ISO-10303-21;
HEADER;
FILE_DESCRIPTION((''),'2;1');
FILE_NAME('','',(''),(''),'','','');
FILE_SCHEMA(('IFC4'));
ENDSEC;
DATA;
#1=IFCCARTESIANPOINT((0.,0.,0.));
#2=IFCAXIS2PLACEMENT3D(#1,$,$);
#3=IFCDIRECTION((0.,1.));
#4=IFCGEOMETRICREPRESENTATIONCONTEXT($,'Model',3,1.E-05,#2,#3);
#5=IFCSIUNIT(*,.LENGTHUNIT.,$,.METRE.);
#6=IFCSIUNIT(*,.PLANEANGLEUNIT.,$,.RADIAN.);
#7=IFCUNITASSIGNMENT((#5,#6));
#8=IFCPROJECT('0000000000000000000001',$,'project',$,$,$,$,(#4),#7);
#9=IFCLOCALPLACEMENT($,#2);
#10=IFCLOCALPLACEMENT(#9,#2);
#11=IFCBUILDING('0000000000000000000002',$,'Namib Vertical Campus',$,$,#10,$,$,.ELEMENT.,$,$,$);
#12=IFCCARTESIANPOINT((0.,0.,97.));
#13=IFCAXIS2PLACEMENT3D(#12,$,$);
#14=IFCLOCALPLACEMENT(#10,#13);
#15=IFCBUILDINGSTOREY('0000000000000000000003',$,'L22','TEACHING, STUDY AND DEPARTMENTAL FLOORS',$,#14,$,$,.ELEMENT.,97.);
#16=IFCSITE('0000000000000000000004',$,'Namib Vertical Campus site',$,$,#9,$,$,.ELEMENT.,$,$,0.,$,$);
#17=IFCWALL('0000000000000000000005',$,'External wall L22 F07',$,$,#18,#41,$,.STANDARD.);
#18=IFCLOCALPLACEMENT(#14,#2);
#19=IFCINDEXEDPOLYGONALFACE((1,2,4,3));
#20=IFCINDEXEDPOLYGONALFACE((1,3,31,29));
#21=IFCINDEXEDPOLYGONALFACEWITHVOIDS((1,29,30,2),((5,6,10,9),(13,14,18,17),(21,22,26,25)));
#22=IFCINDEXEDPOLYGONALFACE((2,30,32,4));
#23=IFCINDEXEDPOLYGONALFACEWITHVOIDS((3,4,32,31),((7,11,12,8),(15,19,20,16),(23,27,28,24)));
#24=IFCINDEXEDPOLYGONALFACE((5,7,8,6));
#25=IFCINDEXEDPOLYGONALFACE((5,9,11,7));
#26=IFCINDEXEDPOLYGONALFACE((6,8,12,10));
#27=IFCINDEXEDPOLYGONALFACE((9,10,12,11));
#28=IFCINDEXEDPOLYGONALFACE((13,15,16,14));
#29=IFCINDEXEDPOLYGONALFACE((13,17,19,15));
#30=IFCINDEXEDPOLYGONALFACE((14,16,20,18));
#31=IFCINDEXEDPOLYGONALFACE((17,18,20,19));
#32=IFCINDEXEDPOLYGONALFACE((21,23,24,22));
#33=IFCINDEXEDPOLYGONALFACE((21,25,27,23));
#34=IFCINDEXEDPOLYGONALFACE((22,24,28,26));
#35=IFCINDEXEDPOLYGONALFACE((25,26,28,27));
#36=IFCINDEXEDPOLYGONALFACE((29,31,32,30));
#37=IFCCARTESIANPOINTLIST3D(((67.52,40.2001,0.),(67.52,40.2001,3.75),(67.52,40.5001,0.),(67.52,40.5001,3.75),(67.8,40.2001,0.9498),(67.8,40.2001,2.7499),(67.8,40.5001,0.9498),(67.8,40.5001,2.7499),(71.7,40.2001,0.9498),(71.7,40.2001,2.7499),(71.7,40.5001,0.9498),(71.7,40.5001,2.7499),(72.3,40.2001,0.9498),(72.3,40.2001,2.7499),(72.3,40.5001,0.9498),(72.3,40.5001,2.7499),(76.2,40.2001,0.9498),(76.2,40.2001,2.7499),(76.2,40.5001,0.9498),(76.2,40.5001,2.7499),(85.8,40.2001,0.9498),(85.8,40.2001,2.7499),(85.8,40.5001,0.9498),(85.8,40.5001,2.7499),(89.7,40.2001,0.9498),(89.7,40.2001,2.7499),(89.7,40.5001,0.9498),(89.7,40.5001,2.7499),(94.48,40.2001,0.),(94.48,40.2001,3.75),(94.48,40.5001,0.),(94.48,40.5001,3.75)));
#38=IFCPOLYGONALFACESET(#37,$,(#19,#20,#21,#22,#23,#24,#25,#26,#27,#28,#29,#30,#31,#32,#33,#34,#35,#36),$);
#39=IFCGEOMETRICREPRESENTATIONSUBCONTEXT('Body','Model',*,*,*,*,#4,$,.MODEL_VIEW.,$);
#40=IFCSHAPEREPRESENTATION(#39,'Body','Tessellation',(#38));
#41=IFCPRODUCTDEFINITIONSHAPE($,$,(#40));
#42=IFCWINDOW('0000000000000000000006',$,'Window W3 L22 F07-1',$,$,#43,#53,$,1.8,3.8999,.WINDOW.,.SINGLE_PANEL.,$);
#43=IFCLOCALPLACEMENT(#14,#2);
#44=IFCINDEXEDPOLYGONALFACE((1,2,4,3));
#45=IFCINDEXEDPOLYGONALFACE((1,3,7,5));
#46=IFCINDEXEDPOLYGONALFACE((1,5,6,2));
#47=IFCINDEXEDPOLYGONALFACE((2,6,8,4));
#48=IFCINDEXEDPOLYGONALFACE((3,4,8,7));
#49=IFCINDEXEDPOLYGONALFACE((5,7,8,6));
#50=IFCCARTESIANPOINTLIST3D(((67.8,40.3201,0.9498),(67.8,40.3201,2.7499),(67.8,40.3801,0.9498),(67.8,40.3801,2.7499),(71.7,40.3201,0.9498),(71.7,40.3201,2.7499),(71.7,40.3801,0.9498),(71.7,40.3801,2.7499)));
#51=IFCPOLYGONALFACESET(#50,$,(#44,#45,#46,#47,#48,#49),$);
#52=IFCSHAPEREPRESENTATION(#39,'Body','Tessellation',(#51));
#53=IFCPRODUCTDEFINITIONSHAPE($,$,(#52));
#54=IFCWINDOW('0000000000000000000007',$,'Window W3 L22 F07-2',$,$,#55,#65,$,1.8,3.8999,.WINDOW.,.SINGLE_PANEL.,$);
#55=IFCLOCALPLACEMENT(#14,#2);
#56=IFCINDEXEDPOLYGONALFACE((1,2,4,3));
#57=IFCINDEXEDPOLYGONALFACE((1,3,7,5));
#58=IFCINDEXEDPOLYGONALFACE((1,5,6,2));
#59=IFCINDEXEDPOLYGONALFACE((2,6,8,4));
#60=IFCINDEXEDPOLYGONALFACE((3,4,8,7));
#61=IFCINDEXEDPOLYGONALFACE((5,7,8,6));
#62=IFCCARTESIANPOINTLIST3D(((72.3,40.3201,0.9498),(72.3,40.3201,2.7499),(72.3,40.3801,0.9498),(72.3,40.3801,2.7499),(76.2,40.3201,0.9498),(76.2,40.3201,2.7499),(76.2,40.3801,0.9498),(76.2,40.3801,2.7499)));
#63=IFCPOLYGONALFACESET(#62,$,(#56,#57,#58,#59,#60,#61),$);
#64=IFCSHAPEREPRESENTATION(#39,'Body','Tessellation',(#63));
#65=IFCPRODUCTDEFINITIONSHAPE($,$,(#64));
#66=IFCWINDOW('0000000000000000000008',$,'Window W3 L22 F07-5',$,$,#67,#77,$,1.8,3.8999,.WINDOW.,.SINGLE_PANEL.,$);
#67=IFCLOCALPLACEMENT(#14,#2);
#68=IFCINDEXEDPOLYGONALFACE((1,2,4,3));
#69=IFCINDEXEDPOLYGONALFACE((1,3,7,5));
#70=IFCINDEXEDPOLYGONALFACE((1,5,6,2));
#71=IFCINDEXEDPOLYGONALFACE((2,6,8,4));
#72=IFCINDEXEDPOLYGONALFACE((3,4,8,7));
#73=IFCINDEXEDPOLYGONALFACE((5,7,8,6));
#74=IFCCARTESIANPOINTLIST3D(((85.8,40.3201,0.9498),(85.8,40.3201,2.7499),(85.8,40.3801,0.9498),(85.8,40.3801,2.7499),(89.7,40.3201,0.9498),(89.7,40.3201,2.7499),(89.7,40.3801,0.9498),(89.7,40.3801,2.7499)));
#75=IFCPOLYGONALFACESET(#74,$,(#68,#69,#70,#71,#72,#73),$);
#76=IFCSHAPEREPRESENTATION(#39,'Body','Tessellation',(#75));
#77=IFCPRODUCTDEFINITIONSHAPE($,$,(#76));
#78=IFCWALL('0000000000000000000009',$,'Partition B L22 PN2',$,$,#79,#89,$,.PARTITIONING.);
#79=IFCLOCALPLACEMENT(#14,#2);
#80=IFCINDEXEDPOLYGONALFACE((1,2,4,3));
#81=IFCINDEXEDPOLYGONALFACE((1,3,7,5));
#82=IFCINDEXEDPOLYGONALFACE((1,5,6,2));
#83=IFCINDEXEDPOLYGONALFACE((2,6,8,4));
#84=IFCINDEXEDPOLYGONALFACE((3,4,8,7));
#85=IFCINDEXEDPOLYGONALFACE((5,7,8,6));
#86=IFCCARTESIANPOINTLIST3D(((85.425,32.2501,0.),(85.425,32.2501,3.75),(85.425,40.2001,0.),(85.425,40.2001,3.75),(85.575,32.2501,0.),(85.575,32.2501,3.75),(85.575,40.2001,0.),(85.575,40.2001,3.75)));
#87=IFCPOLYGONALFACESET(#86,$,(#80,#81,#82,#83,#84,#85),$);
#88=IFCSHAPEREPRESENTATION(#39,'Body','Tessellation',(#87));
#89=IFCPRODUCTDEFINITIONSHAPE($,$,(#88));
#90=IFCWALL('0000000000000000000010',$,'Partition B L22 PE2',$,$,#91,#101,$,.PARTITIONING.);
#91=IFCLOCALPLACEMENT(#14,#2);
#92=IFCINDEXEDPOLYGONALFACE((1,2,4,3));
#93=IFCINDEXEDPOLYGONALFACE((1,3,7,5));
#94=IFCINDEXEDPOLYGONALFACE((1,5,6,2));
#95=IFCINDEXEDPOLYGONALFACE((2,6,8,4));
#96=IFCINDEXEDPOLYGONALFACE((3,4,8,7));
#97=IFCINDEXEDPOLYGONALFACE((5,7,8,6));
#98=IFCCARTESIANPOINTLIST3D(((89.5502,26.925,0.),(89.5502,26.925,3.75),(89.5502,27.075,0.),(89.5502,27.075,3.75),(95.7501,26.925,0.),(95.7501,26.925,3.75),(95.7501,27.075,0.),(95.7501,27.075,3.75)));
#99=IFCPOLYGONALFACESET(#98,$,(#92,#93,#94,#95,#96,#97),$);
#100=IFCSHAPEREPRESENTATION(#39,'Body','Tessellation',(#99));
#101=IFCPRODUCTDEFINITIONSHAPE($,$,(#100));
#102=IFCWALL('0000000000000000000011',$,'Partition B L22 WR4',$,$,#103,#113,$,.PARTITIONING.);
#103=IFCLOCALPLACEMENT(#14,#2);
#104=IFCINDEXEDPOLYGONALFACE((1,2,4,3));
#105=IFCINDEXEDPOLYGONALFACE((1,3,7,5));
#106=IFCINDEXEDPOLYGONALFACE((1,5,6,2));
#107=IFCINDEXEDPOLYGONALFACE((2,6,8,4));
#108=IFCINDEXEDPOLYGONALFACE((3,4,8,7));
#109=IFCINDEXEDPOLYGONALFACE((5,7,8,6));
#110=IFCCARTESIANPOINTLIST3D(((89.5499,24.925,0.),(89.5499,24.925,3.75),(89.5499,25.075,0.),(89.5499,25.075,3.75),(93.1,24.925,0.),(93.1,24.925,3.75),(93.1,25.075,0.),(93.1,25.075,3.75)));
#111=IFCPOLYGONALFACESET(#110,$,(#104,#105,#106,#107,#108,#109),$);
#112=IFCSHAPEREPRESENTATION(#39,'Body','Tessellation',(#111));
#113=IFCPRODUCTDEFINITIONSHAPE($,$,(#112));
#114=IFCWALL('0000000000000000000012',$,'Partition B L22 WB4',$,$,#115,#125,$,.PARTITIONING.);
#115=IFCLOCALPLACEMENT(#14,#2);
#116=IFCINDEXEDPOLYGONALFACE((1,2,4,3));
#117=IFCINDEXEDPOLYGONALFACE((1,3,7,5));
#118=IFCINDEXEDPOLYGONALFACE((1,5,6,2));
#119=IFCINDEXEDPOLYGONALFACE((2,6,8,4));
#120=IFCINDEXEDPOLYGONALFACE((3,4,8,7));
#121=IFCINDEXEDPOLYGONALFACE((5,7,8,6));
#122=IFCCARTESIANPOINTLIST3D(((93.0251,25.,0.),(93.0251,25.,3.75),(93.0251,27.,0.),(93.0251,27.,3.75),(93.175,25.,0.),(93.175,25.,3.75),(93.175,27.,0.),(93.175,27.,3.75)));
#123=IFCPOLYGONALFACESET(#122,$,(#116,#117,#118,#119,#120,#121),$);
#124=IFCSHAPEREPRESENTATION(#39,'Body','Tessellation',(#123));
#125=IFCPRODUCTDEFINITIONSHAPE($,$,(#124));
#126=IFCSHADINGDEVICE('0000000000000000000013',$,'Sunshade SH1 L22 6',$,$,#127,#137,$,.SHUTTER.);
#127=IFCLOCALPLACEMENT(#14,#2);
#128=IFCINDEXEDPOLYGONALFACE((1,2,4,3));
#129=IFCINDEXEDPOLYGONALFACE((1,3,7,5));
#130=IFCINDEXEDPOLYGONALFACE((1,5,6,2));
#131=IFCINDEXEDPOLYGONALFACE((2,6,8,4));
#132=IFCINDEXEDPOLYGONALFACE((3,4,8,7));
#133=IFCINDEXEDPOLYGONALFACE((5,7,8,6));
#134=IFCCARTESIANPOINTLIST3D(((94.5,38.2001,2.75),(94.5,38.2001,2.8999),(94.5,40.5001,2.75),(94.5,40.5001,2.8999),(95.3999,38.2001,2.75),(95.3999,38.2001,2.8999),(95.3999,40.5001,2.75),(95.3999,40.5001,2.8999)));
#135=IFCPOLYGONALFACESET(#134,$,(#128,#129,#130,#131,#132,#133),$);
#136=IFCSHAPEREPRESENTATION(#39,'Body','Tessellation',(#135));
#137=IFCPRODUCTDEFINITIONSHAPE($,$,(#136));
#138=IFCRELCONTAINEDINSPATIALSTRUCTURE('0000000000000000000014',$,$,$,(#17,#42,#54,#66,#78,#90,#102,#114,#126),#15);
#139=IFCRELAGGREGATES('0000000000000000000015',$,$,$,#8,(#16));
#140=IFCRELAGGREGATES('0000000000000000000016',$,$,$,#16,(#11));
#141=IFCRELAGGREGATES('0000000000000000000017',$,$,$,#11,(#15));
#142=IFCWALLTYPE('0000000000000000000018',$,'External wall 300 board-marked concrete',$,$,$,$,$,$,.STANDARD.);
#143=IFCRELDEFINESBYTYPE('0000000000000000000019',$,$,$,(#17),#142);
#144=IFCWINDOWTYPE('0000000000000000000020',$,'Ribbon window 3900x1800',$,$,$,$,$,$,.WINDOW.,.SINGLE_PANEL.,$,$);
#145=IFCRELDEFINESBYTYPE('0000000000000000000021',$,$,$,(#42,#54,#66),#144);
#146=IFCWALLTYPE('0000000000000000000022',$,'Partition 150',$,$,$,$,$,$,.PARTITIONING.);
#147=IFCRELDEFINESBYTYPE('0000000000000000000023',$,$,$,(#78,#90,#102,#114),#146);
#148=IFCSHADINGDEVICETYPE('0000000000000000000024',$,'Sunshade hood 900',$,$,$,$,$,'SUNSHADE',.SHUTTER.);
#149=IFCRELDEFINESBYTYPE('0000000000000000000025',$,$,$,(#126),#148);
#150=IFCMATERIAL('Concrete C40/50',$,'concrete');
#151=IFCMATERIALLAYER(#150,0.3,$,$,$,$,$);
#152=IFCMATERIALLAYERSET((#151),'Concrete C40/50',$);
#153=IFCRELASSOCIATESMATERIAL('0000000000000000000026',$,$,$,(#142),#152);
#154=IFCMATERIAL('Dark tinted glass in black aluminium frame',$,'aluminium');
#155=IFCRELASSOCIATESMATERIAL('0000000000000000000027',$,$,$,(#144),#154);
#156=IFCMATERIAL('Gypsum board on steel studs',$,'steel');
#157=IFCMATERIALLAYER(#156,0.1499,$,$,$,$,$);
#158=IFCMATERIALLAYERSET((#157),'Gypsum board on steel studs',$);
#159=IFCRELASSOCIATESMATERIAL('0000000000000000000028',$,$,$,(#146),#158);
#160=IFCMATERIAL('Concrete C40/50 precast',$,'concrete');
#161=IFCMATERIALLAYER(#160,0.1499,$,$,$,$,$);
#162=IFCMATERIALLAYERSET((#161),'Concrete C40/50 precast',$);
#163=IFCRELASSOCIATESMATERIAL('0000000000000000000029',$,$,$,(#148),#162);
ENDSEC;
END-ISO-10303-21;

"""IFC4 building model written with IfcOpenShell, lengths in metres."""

from ifc_helpers import new_model, si_unit, direction, frame, frame_2d, origin, origin_2d, place, context, subcontext, project, spatial, rectangle, extrude, material, layer, layer_set, type_object, element, fill, save


model = new_model("IFC4")

# Units and contexts
model_context = context("Model", 3, precision=1e-05, world=origin(), true_north=direction((0.0, 1.0)))
body_context = subcontext(model_context, "Body", "Model", "MODEL_VIEW")
ifc_project = project(units=[si_unit("LENGTHUNIT", "METRE"), si_unit("PLANEANGLEUNIT", "RADIAN")], contexts=[model_context])

# Site, building, storey
site_placement = place(None, origin())
site = spatial("IfcSite", under=ifc_project, at=site_placement, Name="Namib Vertical Campus site", CompositionType="ELEMENT", RefElevation=0.0)
building_placement = place(site_placement, origin())
building = spatial("IfcBuilding", under=site, at=building_placement, Name="Namib Vertical Campus", CompositionType="ELEMENT")
storey_placement = place(building_placement, frame((0.0, 0.0, 97.0)))
storey = spatial("IfcBuildingStorey", under=building, at=storey_placement, Name="L22", Description="TEACHING, STUDY AND DEPARTMENTAL FLOORS", CompositionType="ELEMENT", Elevation=97.0)

# Shared definitions
ifc_material_1 = material(Name="Concrete C40/50", Category="concrete")
ifc_layer_1 = layer(ifc_material_1, 0.3)
ifc_layer_set_1 = layer_set([ifc_layer_1], Name="Concrete C40/50")
wall_type_1 = type_object("IfcWallType", Name="External wall 300 board-marked concrete", PredefinedType="STANDARD", material=ifc_layer_set_1)

# Wall, openings, windows
wall_1_placement = place(storey_placement, frame((94.48, 40.3501, 0.0), z_axis=(0.0, 0.0, 1.0), x_axis=(-1.0, 0.0, 0.0)))
wall_1 = element("IfcWall", 1, at=wall_1_placement, inside=storey, type_object=wall_type_1, Name="External wall L22 F07", PredefinedType="STANDARD", context=body_context, shape_type="SweptSolid", body=[
    extrude(rectangle(XDim=26.96, YDim=0.3, at=frame_2d((13.48, 0.0))), origin(), (0.0, 0.0, 1.0), 3.75),
])
opening_1_placement = place(wall_1_placement, frame((22.78, 0.0, 0.95)))
opening_1 = element("IfcOpeningElement", 2, at=opening_1_placement, cuts=wall_1, PredefinedType="OPENING", context=body_context, shape_type="SweptSolid", body=[
    extrude(rectangle(XDim=3.8999, YDim=1.8, at=frame_2d((1.95, 0.8999))), frame((0.0, 0.1599, 0.0), z_axis=(0.0, -1.0, 0.0), x_axis=(1.0, 0.0, 0.0)), (0.0, 0.0, 1.0), 0.3201),
])
opening_2_placement = place(wall_1_placement, frame((18.28, 0.0, 0.95)))
opening_2 = element("IfcOpeningElement", 3, at=opening_2_placement, cuts=wall_1, PredefinedType="OPENING", context=body_context, shape_type="SweptSolid", body=[
    extrude(rectangle(XDim=3.8999, YDim=1.8, at=frame_2d((1.95, 0.8999))), frame((0.0, 0.1599, 0.0), z_axis=(0.0, -1.0, 0.0), x_axis=(1.0, 0.0, 0.0)), (0.0, 0.0, 1.0), 0.3201),
])
opening_3_placement = place(wall_1_placement, frame((4.78, 0.0, 0.95)))
opening_3 = element("IfcOpeningElement", 4, at=opening_3_placement, cuts=wall_1, PredefinedType="OPENING", context=body_context, shape_type="SweptSolid", body=[
    extrude(rectangle(XDim=3.8999, YDim=1.8, at=frame_2d((1.95, 0.8999))), frame((0.0, 0.1599, 0.0), z_axis=(0.0, -1.0, 0.0), x_axis=(1.0, 0.0, 0.0)), (0.0, 0.0, 1.0), 0.3201),
])
ifc_material_2 = material(Name="Dark tinted glass in black aluminium frame", Category="aluminium")
window_type = type_object("IfcWindowType", Name="Ribbon window 3900x1800", PartitioningType="SINGLE_PANEL", PredefinedType="WINDOW", material=ifc_material_2)
window_1_placement = place(opening_1_placement, origin())
window_1 = element("IfcWindow", 5, at=window_1_placement, inside=storey, type_object=window_type, Name="Window W3 L22 F07-1", OverallHeight=1.8, OverallWidth=3.8999, PartitioningType="SINGLE_PANEL", PredefinedType="WINDOW", context=body_context, shape_type="SweptSolid", body=[
    extrude(rectangle(XDim=3.8999, YDim=1.8, at=frame_2d((1.95, 0.8999))), frame((0.0, 0.03, 0.0), z_axis=(0.0, -1.0, 0.0), x_axis=(1.0, 0.0, 0.0)), (0.0, 0.0, 1.0), 0.0601),
])
fill(opening_1, window_1)
window_2_placement = place(opening_2_placement, origin())
window_2 = element("IfcWindow", 6, at=window_2_placement, inside=storey, type_object=window_type, Name="Window W3 L22 F07-2", OverallHeight=1.8, OverallWidth=3.8999, PartitioningType="SINGLE_PANEL", PredefinedType="WINDOW", context=body_context, shape_type="SweptSolid", body=[
    extrude(rectangle(XDim=3.8999, YDim=1.8, at=frame_2d((1.95, 0.8999))), frame((0.0, 0.03, 0.0), z_axis=(0.0, -1.0, 0.0), x_axis=(1.0, 0.0, 0.0)), (0.0, 0.0, 1.0), 0.0601),
])
fill(opening_2, window_2)
window_3_placement = place(opening_3_placement, origin())
window_3 = element("IfcWindow", 7, at=window_3_placement, inside=storey, type_object=window_type, Name="Window W3 L22 F07-5", OverallHeight=1.8, OverallWidth=3.8999, PartitioningType="SINGLE_PANEL", PredefinedType="WINDOW", context=body_context, shape_type="SweptSolid", body=[
    extrude(rectangle(XDim=3.8999, YDim=1.8, at=frame_2d((1.95, 0.8999))), frame((0.0, 0.03, 0.0), z_axis=(0.0, -1.0, 0.0), x_axis=(1.0, 0.0, 0.0)), (0.0, 0.0, 1.0), 0.0601),
])
fill(opening_3, window_3)

# Walls
ifc_material_3 = material(Name="Gypsum board on steel studs", Category="steel")
ifc_layer_2 = layer(ifc_material_3, 0.1499)
ifc_layer_set_2 = layer_set([ifc_layer_2], Name="Gypsum board on steel studs")
wall_type_2 = type_object("IfcWallType", Name="Partition 150", PredefinedType="PARTITIONING", material=ifc_layer_set_2)
wall_2_placement = place(storey_placement, frame((85.5, 32.25, 0.0), z_axis=(0.0, 0.0, 1.0), x_axis=(0.0, 1.0, 0.0)))
element("IfcWall", 8, at=wall_2_placement, inside=storey, type_object=wall_type_2, Name="Partition B L22 PN2", PredefinedType="PARTITIONING", context=body_context, shape_type="SweptSolid", body=[
    extrude(rectangle(XDim=7.95, YDim=0.1499, at=frame_2d((3.9751, 0.0))), origin(), (0.0, 0.0, 1.0), 3.75),
])
wall_3_placement = place(storey_placement, frame((89.55, 27.0, 0.0), z_axis=(0.0, 0.0, 1.0), x_axis=(1.0, 0.0, 0.0)))
element("IfcWall", 9, at=wall_3_placement, inside=storey, type_object=wall_type_2, Name="Partition B L22 PE2", PredefinedType="PARTITIONING", context=body_context, shape_type="SweptSolid", body=[
    extrude(rectangle(XDim=6.2, YDim=0.1499, at=frame_2d((3.1001, 0.0))), origin(), (0.0, 0.0, 1.0), 3.75),
])
wall_4_placement = place(storey_placement, frame((89.55, 25.0, 0.0), z_axis=(0.0, 0.0, 1.0), x_axis=(1.0, 0.0, 0.0)))
element("IfcWall", 10, at=wall_4_placement, inside=storey, type_object=wall_type_2, Name="Partition B L22 WR4", PredefinedType="PARTITIONING", context=body_context, shape_type="SweptSolid", body=[
    extrude(rectangle(XDim=3.55, YDim=0.1499, at=frame_2d((1.7749, 0.0))), origin(), (0.0, 0.0, 1.0), 3.75),
])
wall_5_placement = place(storey_placement, frame((93.1001, 25.0, 0.0), z_axis=(0.0, 0.0, 1.0), x_axis=(0.0, 1.0, 0.0)))
element("IfcWall", 11, at=wall_5_placement, inside=storey, type_object=wall_type_2, Name="Partition B L22 WB4", PredefinedType="PARTITIONING", context=body_context, shape_type="SweptSolid", body=[
    extrude(rectangle(XDim=2.0, YDim=0.1499, at=frame_2d((1.0, 0.0))), origin(), (0.0, 0.0, 1.0), 3.75),
])

# Shading device
ifc_material_4 = material(Name="Concrete C40/50 precast", Category="concrete")
ifc_layer_3 = layer(ifc_material_4, 0.1499)
ifc_layer_set_3 = layer_set([ifc_layer_3], Name="Concrete C40/50 precast")
shading_device_type = type_object("IfcShadingDeviceType", Name="Sunshade hood 900", ElementType="SUNSHADE", PredefinedType="SHUTTER", material=ifc_layer_set_3)
shading_device_placement = place(storey_placement, frame((94.95, 39.3501, 2.75), z_axis=(0.0, 0.0, 1.0), x_axis=(0.0, 1.0, 0.0)))
element("IfcShadingDevice", 12, at=shading_device_placement, inside=storey, type_object=shading_device_type, Name="Sunshade SH1 L22 6", PredefinedType="SHUTTER", context=body_context, shape_type="SweptSolid", body=[
    extrude(rectangle(XDim=2.3, YDim=0.8999, at=origin_2d()), origin(), (0.0, 0.0, 1.0), 0.1499),
])

save(model, "model.ifc")
